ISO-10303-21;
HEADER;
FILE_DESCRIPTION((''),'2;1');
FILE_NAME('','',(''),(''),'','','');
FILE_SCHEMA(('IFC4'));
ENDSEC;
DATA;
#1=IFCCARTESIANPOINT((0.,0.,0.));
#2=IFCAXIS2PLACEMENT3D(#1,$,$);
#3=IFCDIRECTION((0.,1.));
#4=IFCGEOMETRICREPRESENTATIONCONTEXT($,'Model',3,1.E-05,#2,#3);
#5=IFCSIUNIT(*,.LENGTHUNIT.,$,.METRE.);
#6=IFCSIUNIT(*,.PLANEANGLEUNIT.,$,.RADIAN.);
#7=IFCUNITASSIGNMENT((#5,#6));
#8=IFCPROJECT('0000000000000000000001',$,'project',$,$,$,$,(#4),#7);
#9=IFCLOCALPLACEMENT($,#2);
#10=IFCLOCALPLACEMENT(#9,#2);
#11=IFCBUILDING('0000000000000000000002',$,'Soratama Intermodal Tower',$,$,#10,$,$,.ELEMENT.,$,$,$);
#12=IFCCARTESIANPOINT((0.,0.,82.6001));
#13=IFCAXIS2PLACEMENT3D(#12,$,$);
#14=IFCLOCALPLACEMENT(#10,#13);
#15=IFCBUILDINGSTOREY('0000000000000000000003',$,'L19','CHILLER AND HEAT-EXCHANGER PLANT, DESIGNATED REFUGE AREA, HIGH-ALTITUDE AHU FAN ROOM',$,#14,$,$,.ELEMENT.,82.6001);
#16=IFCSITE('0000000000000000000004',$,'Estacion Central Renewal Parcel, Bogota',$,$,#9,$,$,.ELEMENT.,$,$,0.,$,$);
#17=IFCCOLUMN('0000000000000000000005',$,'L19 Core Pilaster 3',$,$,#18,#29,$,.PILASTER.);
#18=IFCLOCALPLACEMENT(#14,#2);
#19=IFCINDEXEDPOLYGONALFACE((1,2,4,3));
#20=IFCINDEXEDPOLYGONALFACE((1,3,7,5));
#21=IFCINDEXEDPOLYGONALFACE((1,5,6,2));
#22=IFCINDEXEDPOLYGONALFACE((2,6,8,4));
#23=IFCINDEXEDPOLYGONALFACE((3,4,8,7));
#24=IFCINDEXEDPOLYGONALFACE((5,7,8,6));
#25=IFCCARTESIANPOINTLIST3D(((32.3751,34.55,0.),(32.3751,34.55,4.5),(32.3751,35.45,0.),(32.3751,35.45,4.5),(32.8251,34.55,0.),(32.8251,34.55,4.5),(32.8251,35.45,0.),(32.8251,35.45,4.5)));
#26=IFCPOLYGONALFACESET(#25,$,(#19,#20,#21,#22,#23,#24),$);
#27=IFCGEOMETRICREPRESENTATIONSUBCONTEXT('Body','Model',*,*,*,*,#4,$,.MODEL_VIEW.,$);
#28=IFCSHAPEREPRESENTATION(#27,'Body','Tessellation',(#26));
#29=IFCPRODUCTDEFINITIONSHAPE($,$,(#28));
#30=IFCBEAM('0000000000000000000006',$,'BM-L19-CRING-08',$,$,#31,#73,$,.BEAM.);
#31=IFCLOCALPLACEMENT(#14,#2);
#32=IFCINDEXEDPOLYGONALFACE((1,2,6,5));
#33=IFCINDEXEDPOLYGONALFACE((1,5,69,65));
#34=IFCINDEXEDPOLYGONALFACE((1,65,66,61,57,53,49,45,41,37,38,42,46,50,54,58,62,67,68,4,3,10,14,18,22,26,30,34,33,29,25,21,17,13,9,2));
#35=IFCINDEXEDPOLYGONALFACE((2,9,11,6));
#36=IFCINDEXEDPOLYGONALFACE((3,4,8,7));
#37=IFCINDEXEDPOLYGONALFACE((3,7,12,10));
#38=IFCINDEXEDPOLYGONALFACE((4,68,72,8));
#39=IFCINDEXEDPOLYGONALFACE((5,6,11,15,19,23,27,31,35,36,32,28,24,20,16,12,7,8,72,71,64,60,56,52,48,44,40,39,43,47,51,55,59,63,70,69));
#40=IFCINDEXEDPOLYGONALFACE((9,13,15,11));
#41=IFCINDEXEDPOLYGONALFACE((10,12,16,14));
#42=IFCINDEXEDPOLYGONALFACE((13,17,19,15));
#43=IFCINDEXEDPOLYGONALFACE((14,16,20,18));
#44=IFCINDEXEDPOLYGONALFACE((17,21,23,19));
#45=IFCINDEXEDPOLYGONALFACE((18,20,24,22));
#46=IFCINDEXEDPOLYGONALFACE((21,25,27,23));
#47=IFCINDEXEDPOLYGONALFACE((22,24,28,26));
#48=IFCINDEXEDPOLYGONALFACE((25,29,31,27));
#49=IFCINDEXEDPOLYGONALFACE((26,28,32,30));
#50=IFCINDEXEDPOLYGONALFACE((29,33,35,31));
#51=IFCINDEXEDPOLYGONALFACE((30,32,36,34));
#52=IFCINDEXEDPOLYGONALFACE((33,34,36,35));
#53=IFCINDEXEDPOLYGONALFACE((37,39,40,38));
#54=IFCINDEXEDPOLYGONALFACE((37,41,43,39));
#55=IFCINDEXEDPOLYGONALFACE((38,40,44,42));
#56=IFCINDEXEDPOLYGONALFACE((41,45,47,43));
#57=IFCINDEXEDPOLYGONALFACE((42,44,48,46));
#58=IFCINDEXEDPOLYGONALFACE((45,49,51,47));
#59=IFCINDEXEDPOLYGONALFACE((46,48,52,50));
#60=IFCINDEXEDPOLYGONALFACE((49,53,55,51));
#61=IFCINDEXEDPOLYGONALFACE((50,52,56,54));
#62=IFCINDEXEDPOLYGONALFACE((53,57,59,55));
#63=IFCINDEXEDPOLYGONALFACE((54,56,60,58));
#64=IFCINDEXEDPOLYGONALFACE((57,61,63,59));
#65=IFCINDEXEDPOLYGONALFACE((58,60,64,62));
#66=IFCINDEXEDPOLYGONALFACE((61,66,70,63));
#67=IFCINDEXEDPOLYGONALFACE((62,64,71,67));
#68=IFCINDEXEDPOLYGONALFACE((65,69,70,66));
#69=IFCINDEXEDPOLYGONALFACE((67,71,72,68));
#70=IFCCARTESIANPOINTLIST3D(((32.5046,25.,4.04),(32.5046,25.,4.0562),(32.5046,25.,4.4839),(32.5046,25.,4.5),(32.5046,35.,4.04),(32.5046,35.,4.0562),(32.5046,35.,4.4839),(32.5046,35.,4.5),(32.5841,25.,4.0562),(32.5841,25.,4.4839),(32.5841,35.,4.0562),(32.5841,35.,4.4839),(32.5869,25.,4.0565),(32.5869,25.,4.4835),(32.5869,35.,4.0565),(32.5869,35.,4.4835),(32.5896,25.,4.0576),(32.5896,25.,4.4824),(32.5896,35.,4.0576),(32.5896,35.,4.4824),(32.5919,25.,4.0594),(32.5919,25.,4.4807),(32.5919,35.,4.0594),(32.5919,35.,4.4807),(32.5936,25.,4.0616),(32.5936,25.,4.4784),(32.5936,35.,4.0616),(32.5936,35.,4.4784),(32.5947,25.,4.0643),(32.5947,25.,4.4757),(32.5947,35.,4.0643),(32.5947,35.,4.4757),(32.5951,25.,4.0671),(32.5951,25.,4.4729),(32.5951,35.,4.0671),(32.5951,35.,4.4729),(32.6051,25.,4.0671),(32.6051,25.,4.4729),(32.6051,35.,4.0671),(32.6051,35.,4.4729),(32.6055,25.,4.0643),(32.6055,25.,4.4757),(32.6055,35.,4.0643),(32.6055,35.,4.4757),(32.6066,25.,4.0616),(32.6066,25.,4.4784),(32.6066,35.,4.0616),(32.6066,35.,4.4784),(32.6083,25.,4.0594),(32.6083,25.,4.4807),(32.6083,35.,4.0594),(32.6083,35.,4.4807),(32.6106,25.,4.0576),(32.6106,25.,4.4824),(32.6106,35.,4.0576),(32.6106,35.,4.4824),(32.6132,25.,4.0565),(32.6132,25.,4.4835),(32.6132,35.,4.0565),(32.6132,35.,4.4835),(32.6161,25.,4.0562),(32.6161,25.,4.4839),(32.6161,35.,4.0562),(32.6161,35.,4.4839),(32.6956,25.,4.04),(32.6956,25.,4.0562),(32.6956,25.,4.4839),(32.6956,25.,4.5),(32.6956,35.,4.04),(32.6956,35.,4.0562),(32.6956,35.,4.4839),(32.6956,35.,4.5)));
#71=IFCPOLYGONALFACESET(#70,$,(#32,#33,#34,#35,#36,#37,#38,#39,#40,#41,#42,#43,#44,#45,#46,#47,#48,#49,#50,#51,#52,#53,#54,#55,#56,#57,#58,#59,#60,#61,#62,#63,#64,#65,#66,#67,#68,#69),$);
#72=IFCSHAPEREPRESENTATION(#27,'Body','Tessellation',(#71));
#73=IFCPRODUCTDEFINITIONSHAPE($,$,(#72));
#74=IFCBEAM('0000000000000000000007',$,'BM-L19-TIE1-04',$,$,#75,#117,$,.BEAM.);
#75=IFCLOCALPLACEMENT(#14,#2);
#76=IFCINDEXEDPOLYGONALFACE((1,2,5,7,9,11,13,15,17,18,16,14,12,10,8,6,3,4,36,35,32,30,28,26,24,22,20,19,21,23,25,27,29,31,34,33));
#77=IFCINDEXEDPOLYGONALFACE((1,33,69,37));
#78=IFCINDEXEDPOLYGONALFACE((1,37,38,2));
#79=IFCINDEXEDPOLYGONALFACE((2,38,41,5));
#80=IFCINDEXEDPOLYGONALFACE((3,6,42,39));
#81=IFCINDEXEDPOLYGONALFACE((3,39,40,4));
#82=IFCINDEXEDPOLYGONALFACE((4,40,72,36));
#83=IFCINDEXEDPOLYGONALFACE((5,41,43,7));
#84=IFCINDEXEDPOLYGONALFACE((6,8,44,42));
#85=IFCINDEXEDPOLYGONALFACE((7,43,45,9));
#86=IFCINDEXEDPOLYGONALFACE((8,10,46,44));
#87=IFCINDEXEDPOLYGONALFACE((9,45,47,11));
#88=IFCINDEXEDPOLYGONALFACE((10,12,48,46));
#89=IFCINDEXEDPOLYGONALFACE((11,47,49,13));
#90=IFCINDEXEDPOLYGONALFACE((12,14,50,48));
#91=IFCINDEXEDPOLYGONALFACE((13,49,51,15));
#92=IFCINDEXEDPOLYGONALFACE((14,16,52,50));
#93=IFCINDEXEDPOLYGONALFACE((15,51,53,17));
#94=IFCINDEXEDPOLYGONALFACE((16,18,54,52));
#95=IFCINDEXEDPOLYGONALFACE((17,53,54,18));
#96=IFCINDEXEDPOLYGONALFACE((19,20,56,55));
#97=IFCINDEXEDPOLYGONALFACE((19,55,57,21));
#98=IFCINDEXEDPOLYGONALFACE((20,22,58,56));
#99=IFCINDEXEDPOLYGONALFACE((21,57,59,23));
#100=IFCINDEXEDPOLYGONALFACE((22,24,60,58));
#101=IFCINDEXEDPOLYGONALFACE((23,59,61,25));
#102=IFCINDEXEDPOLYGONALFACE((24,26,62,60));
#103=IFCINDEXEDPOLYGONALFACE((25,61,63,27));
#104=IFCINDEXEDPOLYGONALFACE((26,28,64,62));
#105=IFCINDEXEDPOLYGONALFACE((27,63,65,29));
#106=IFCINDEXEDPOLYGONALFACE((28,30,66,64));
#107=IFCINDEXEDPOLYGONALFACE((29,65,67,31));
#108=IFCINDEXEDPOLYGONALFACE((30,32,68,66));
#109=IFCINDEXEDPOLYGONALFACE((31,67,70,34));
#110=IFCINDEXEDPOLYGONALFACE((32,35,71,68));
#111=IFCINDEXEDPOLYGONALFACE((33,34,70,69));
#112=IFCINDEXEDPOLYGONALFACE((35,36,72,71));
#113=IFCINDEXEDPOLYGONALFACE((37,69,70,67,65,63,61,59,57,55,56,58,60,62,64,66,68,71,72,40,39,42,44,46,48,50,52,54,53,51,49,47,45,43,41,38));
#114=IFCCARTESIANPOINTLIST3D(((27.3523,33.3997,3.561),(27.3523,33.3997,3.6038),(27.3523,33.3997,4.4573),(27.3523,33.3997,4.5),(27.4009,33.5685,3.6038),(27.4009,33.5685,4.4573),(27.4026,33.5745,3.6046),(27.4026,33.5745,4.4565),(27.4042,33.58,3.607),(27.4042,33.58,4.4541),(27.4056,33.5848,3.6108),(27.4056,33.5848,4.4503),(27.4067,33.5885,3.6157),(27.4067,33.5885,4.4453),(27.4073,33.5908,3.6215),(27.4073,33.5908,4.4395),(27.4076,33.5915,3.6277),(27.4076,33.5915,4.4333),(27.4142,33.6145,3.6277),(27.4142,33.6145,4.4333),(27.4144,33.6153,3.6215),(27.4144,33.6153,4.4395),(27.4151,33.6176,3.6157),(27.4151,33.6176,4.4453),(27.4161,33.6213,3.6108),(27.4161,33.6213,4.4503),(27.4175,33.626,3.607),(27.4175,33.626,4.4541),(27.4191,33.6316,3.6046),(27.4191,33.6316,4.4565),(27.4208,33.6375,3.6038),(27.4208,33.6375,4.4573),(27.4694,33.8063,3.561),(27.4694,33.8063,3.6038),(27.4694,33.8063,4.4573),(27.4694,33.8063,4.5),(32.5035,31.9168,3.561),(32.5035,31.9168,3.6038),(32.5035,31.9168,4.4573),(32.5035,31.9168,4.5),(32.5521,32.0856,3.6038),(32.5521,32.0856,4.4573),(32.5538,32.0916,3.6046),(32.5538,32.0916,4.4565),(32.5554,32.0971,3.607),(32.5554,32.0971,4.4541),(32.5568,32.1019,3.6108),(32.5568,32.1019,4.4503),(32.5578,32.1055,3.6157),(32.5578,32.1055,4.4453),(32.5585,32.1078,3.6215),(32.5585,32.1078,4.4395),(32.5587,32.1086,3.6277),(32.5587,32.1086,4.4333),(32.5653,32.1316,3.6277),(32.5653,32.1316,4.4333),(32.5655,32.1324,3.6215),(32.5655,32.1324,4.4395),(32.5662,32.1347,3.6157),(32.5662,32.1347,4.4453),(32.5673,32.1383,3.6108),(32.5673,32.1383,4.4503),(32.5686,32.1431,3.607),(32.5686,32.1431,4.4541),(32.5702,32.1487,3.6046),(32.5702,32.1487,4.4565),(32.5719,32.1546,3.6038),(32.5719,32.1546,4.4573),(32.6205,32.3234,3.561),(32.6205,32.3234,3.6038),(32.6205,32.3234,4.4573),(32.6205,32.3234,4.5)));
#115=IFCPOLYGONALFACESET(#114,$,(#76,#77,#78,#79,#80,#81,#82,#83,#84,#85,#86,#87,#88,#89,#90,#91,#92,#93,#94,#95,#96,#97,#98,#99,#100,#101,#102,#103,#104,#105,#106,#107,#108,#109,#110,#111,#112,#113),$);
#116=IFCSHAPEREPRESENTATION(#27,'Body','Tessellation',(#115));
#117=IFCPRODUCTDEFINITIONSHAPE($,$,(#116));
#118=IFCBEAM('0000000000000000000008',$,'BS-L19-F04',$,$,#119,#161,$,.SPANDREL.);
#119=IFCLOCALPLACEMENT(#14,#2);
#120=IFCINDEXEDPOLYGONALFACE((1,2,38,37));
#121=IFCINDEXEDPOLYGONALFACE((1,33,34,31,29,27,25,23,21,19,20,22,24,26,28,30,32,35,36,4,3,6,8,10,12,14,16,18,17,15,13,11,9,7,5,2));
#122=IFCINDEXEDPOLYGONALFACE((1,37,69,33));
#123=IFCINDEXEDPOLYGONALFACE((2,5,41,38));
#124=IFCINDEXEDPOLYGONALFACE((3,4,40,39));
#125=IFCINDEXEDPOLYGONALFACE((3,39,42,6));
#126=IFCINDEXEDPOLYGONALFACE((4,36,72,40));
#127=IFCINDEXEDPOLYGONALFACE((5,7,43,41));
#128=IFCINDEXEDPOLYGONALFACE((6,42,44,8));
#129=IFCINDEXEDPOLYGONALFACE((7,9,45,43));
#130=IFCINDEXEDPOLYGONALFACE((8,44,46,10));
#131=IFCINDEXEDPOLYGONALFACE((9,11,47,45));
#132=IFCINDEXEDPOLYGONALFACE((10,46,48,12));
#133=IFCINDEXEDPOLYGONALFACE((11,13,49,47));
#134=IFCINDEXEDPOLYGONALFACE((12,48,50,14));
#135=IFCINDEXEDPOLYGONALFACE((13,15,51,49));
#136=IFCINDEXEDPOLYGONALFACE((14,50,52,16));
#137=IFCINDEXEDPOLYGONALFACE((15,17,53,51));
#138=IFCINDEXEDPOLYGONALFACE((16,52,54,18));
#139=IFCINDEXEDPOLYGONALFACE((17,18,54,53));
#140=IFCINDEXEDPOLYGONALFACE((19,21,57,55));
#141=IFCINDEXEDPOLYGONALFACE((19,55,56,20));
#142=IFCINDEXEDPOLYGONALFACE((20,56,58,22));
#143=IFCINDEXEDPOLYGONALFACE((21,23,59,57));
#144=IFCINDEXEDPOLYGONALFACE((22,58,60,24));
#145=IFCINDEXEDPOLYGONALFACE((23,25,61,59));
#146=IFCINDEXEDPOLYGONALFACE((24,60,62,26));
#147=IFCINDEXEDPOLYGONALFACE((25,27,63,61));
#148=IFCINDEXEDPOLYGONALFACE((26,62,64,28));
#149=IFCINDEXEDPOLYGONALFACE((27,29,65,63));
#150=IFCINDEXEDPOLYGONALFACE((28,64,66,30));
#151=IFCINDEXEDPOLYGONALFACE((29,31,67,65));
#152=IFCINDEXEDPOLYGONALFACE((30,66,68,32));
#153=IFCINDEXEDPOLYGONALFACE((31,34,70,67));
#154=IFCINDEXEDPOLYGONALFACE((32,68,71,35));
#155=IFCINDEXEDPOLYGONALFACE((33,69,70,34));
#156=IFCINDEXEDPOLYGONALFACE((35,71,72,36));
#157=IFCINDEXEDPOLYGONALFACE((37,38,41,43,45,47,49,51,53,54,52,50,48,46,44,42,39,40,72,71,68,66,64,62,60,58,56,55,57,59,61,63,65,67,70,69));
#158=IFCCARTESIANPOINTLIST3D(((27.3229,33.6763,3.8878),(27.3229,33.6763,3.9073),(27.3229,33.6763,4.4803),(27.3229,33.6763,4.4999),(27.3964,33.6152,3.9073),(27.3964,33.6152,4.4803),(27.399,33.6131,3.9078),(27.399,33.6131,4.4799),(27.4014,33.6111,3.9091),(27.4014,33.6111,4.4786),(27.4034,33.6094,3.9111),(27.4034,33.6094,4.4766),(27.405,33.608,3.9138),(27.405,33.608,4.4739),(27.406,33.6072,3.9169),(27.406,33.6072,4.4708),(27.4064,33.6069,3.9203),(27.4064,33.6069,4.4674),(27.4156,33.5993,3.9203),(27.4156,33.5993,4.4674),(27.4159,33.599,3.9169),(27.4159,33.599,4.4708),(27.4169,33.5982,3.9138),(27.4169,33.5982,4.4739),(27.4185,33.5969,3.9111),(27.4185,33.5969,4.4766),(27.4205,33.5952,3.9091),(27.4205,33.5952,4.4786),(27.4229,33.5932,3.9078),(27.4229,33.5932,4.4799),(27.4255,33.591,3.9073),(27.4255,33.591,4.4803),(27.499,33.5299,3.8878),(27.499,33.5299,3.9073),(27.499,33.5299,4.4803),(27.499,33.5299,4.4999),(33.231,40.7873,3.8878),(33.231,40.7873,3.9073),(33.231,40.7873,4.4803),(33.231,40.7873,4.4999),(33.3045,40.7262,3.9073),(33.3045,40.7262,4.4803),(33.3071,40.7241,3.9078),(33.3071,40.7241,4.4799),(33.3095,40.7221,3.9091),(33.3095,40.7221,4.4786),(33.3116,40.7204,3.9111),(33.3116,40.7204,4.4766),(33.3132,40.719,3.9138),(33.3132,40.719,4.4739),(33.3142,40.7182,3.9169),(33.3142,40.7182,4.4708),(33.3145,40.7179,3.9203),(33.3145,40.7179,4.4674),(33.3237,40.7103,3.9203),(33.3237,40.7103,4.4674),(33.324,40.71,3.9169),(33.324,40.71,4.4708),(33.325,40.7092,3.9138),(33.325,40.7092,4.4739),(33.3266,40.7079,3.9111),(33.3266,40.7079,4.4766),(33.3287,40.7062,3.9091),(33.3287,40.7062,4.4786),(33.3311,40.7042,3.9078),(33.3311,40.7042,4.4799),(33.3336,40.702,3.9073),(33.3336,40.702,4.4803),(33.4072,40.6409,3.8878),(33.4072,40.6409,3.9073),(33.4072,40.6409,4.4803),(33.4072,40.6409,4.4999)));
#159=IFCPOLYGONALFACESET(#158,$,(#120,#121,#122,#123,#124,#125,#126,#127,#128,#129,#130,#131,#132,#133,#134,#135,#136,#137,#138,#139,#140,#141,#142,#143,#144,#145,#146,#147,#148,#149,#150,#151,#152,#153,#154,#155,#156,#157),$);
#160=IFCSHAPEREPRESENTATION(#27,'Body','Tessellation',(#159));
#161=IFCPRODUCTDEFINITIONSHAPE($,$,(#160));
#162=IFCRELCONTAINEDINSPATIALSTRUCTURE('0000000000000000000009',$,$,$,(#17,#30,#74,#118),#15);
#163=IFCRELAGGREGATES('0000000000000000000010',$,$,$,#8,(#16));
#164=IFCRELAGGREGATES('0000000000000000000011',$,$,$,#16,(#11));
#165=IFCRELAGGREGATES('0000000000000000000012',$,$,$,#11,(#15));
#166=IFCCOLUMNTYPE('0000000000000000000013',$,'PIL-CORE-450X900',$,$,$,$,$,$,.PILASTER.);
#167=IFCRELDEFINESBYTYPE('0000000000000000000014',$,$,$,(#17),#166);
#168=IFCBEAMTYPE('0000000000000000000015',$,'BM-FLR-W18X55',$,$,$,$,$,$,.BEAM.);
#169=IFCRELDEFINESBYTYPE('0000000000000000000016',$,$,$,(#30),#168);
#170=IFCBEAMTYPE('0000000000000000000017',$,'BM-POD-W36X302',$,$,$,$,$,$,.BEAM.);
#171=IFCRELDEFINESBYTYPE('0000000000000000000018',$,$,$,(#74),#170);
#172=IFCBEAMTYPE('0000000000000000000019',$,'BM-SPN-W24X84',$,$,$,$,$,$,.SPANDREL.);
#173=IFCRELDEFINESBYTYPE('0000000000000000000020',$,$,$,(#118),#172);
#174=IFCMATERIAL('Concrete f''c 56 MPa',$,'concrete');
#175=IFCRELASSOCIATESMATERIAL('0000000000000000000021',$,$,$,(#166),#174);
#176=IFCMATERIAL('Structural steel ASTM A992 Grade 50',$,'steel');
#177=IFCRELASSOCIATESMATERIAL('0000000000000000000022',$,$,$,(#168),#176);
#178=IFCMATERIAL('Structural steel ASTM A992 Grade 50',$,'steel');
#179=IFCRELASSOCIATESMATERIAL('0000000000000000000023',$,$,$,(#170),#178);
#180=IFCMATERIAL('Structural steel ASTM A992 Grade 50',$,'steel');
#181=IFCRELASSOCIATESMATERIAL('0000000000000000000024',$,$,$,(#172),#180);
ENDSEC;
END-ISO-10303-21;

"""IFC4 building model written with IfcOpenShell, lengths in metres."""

from ifc_helpers import new_model, si_unit, direction, frame, origin, origin_2d, place, context, subcontext, project, spatial, rectangle, i_section, extrude, material, material_profile, profile_set, type_object, element, save


model = new_model("IFC4")

# Units and contexts
model_context = context("Model", 3, precision=1e-05, world=origin(), true_north=direction((0.0, 1.0)))
body_context = subcontext(model_context, "Body", "Model", "MODEL_VIEW")
ifc_project = project(units=[si_unit("LENGTHUNIT", "METRE"), si_unit("PLANEANGLEUNIT", "RADIAN")], contexts=[model_context])

# Site, building, storey
site_placement = place(None, origin())
site = spatial("IfcSite", under=ifc_project, at=site_placement, Name="Estacion Central Renewal Parcel, Bogota", CompositionType="ELEMENT", RefElevation=0.0)
building_placement = place(site_placement, origin())
building = spatial("IfcBuilding", under=site, at=building_placement, Name="Soratama Intermodal Tower", CompositionType="ELEMENT")
storey_placement = place(building_placement, frame((0.0, 0.0, 82.6001)))
storey = spatial("IfcBuildingStorey", under=building, at=storey_placement, Name="L19", Description="CHILLER AND HEAT-EXCHANGER PLANT, DESIGNATED REFUGE AREA, HIGH-ALTITUDE AHU FAN ROOM", CompositionType="ELEMENT", Elevation=82.6001)

# Column
ifc_material_1 = material(Name="Concrete f'c 56 MPa", Category="concrete")
ifc_material_profile_1 = material_profile(ifc_material_1, rectangle(XDim=0.45, YDim=0.8999, at=origin_2d()), Name="RC450X900")
ifc_profile_set_1 = profile_set([ifc_material_profile_1], Name="Concrete f'c 56 MPa")
column_type = type_object("IfcColumnType", Name="PIL-CORE-450X900", PredefinedType="PILASTER", material=ifc_profile_set_1)
column_placement = place(storey_placement, frame((32.6001, 35.0, 0.0), z_axis=(0.0, 0.0, 1.0), x_axis=(1.0, 0.0, 0.0)))
element("IfcColumn", 1, at=column_placement, inside=storey, type_object=column_type, Name="L19 Core Pilaster 3", PredefinedType="PILASTER", context=body_context, shape_type="SweptSolid", body=[
    extrude(rectangle(XDim=0.45, YDim=0.8999, at=origin_2d()), origin(), (0.0, 0.0, 1.0), 4.5),
])

# Beams
ifc_material_2 = material(Name="Structural steel ASTM A992 Grade 50", Category="steel")
ifc_material_profile_2 = material_profile(ifc_material_2, i_section(OverallWidth=0.1909, OverallDepth=0.46, WebThickness=0.01, FlangeThickness=0.0161, FilletRadius=0.011, at=origin_2d()), Name="W18X55")
ifc_profile_set_2 = profile_set([ifc_material_profile_2], Name="Structural steel ASTM A992 Grade 50")
beam_type_1 = type_object("IfcBeamType", Name="BM-FLR-W18X55", PredefinedType="BEAM", material=ifc_profile_set_2)
beam_1_placement = place(storey_placement, frame((32.6001, 35.0, 4.27), z_axis=(0.0, -1.0, 0.0), x_axis=(1.0, 0.0, 0.0)))
element("IfcBeam", 2, at=beam_1_placement, inside=storey, type_object=beam_type_1, Name="BM-L19-CRING-08", PredefinedType="BEAM", context=body_context, shape_type="SweptSolid", body=[
    extrude(i_section(OverallWidth=0.1909, OverallDepth=0.46, WebThickness=0.01, FlangeThickness=0.0161, FilletRadius=0.011, at=origin_2d()), origin(), (0.0, 0.0, 1.0), 10.0),
])
ifc_material_3 = material(Name="Structural steel ASTM A992 Grade 50", Category="steel")
ifc_material_profile_3 = material_profile(ifc_material_3, i_section(OverallWidth=0.4231, OverallDepth=0.939, WebThickness=0.0239, FlangeThickness=0.0427, FilletRadius=0.0239, at=origin_2d()), Name="W36X302")
ifc_profile_set_3 = profile_set([ifc_material_profile_3], Name="Structural steel ASTM A992 Grade 50")
beam_type_2 = type_object("IfcBeamType", Name="BM-POD-W36X302", PredefinedType="BEAM", material=ifc_profile_set_3)
beam_2_placement = place(storey_placement, frame((32.562, 32.1201, 4.0305), z_axis=(-0.960972, 0.276646, 0.0), x_axis=(-0.276646, -0.960972, 0.0)))
element("IfcBeam", 3, at=beam_2_placement, inside=storey, type_object=beam_type_2, Name="BM-L19-TIE1-04", PredefinedType="BEAM", context=body_context, shape_type="SweptSolid", body=[
    extrude(i_section(OverallWidth=0.4231, OverallDepth=0.939, WebThickness=0.0239, FlangeThickness=0.0427, FilletRadius=0.0239, at=origin_2d()), origin(), (0.0, 0.0, 1.0), 5.3604),
])
ifc_material_4 = material(Name="Structural steel ASTM A992 Grade 50", Category="steel")
ifc_material_profile_4 = material_profile(ifc_material_4, i_section(OverallWidth=0.229, OverallDepth=0.6121, WebThickness=0.012, FlangeThickness=0.0195, FilletRadius=0.0129, at=origin_2d()), Name="W24X84")
ifc_profile_set_4 = profile_set([ifc_material_profile_4], Name="Structural steel ASTM A992 Grade 50")
beam_type_3 = type_object("IfcBeamType", Name="BM-SPN-W24X84", PredefinedType="SPANDREL", material=ifc_profile_set_4)
beam_3_placement = place(storey_placement, frame((33.3191, 40.7141, 4.1938), z_axis=(-0.639054, -0.769162, 0.0), x_axis=(0.769162, -0.639054, 0.0)))
element("IfcBeam", 4, at=beam_3_placement, inside=storey, type_object=beam_type_3, Name="BS-L19-F04", PredefinedType="SPANDREL", context=body_context, shape_type="SweptSolid", body=[
    extrude(i_section(OverallWidth=0.229, OverallDepth=0.6121, WebThickness=0.012, FlangeThickness=0.0195, FilletRadius=0.0129, at=origin_2d()), origin(), (0.0, 0.0, 1.0), 9.2451),
])

save(model, "model.ifc")
